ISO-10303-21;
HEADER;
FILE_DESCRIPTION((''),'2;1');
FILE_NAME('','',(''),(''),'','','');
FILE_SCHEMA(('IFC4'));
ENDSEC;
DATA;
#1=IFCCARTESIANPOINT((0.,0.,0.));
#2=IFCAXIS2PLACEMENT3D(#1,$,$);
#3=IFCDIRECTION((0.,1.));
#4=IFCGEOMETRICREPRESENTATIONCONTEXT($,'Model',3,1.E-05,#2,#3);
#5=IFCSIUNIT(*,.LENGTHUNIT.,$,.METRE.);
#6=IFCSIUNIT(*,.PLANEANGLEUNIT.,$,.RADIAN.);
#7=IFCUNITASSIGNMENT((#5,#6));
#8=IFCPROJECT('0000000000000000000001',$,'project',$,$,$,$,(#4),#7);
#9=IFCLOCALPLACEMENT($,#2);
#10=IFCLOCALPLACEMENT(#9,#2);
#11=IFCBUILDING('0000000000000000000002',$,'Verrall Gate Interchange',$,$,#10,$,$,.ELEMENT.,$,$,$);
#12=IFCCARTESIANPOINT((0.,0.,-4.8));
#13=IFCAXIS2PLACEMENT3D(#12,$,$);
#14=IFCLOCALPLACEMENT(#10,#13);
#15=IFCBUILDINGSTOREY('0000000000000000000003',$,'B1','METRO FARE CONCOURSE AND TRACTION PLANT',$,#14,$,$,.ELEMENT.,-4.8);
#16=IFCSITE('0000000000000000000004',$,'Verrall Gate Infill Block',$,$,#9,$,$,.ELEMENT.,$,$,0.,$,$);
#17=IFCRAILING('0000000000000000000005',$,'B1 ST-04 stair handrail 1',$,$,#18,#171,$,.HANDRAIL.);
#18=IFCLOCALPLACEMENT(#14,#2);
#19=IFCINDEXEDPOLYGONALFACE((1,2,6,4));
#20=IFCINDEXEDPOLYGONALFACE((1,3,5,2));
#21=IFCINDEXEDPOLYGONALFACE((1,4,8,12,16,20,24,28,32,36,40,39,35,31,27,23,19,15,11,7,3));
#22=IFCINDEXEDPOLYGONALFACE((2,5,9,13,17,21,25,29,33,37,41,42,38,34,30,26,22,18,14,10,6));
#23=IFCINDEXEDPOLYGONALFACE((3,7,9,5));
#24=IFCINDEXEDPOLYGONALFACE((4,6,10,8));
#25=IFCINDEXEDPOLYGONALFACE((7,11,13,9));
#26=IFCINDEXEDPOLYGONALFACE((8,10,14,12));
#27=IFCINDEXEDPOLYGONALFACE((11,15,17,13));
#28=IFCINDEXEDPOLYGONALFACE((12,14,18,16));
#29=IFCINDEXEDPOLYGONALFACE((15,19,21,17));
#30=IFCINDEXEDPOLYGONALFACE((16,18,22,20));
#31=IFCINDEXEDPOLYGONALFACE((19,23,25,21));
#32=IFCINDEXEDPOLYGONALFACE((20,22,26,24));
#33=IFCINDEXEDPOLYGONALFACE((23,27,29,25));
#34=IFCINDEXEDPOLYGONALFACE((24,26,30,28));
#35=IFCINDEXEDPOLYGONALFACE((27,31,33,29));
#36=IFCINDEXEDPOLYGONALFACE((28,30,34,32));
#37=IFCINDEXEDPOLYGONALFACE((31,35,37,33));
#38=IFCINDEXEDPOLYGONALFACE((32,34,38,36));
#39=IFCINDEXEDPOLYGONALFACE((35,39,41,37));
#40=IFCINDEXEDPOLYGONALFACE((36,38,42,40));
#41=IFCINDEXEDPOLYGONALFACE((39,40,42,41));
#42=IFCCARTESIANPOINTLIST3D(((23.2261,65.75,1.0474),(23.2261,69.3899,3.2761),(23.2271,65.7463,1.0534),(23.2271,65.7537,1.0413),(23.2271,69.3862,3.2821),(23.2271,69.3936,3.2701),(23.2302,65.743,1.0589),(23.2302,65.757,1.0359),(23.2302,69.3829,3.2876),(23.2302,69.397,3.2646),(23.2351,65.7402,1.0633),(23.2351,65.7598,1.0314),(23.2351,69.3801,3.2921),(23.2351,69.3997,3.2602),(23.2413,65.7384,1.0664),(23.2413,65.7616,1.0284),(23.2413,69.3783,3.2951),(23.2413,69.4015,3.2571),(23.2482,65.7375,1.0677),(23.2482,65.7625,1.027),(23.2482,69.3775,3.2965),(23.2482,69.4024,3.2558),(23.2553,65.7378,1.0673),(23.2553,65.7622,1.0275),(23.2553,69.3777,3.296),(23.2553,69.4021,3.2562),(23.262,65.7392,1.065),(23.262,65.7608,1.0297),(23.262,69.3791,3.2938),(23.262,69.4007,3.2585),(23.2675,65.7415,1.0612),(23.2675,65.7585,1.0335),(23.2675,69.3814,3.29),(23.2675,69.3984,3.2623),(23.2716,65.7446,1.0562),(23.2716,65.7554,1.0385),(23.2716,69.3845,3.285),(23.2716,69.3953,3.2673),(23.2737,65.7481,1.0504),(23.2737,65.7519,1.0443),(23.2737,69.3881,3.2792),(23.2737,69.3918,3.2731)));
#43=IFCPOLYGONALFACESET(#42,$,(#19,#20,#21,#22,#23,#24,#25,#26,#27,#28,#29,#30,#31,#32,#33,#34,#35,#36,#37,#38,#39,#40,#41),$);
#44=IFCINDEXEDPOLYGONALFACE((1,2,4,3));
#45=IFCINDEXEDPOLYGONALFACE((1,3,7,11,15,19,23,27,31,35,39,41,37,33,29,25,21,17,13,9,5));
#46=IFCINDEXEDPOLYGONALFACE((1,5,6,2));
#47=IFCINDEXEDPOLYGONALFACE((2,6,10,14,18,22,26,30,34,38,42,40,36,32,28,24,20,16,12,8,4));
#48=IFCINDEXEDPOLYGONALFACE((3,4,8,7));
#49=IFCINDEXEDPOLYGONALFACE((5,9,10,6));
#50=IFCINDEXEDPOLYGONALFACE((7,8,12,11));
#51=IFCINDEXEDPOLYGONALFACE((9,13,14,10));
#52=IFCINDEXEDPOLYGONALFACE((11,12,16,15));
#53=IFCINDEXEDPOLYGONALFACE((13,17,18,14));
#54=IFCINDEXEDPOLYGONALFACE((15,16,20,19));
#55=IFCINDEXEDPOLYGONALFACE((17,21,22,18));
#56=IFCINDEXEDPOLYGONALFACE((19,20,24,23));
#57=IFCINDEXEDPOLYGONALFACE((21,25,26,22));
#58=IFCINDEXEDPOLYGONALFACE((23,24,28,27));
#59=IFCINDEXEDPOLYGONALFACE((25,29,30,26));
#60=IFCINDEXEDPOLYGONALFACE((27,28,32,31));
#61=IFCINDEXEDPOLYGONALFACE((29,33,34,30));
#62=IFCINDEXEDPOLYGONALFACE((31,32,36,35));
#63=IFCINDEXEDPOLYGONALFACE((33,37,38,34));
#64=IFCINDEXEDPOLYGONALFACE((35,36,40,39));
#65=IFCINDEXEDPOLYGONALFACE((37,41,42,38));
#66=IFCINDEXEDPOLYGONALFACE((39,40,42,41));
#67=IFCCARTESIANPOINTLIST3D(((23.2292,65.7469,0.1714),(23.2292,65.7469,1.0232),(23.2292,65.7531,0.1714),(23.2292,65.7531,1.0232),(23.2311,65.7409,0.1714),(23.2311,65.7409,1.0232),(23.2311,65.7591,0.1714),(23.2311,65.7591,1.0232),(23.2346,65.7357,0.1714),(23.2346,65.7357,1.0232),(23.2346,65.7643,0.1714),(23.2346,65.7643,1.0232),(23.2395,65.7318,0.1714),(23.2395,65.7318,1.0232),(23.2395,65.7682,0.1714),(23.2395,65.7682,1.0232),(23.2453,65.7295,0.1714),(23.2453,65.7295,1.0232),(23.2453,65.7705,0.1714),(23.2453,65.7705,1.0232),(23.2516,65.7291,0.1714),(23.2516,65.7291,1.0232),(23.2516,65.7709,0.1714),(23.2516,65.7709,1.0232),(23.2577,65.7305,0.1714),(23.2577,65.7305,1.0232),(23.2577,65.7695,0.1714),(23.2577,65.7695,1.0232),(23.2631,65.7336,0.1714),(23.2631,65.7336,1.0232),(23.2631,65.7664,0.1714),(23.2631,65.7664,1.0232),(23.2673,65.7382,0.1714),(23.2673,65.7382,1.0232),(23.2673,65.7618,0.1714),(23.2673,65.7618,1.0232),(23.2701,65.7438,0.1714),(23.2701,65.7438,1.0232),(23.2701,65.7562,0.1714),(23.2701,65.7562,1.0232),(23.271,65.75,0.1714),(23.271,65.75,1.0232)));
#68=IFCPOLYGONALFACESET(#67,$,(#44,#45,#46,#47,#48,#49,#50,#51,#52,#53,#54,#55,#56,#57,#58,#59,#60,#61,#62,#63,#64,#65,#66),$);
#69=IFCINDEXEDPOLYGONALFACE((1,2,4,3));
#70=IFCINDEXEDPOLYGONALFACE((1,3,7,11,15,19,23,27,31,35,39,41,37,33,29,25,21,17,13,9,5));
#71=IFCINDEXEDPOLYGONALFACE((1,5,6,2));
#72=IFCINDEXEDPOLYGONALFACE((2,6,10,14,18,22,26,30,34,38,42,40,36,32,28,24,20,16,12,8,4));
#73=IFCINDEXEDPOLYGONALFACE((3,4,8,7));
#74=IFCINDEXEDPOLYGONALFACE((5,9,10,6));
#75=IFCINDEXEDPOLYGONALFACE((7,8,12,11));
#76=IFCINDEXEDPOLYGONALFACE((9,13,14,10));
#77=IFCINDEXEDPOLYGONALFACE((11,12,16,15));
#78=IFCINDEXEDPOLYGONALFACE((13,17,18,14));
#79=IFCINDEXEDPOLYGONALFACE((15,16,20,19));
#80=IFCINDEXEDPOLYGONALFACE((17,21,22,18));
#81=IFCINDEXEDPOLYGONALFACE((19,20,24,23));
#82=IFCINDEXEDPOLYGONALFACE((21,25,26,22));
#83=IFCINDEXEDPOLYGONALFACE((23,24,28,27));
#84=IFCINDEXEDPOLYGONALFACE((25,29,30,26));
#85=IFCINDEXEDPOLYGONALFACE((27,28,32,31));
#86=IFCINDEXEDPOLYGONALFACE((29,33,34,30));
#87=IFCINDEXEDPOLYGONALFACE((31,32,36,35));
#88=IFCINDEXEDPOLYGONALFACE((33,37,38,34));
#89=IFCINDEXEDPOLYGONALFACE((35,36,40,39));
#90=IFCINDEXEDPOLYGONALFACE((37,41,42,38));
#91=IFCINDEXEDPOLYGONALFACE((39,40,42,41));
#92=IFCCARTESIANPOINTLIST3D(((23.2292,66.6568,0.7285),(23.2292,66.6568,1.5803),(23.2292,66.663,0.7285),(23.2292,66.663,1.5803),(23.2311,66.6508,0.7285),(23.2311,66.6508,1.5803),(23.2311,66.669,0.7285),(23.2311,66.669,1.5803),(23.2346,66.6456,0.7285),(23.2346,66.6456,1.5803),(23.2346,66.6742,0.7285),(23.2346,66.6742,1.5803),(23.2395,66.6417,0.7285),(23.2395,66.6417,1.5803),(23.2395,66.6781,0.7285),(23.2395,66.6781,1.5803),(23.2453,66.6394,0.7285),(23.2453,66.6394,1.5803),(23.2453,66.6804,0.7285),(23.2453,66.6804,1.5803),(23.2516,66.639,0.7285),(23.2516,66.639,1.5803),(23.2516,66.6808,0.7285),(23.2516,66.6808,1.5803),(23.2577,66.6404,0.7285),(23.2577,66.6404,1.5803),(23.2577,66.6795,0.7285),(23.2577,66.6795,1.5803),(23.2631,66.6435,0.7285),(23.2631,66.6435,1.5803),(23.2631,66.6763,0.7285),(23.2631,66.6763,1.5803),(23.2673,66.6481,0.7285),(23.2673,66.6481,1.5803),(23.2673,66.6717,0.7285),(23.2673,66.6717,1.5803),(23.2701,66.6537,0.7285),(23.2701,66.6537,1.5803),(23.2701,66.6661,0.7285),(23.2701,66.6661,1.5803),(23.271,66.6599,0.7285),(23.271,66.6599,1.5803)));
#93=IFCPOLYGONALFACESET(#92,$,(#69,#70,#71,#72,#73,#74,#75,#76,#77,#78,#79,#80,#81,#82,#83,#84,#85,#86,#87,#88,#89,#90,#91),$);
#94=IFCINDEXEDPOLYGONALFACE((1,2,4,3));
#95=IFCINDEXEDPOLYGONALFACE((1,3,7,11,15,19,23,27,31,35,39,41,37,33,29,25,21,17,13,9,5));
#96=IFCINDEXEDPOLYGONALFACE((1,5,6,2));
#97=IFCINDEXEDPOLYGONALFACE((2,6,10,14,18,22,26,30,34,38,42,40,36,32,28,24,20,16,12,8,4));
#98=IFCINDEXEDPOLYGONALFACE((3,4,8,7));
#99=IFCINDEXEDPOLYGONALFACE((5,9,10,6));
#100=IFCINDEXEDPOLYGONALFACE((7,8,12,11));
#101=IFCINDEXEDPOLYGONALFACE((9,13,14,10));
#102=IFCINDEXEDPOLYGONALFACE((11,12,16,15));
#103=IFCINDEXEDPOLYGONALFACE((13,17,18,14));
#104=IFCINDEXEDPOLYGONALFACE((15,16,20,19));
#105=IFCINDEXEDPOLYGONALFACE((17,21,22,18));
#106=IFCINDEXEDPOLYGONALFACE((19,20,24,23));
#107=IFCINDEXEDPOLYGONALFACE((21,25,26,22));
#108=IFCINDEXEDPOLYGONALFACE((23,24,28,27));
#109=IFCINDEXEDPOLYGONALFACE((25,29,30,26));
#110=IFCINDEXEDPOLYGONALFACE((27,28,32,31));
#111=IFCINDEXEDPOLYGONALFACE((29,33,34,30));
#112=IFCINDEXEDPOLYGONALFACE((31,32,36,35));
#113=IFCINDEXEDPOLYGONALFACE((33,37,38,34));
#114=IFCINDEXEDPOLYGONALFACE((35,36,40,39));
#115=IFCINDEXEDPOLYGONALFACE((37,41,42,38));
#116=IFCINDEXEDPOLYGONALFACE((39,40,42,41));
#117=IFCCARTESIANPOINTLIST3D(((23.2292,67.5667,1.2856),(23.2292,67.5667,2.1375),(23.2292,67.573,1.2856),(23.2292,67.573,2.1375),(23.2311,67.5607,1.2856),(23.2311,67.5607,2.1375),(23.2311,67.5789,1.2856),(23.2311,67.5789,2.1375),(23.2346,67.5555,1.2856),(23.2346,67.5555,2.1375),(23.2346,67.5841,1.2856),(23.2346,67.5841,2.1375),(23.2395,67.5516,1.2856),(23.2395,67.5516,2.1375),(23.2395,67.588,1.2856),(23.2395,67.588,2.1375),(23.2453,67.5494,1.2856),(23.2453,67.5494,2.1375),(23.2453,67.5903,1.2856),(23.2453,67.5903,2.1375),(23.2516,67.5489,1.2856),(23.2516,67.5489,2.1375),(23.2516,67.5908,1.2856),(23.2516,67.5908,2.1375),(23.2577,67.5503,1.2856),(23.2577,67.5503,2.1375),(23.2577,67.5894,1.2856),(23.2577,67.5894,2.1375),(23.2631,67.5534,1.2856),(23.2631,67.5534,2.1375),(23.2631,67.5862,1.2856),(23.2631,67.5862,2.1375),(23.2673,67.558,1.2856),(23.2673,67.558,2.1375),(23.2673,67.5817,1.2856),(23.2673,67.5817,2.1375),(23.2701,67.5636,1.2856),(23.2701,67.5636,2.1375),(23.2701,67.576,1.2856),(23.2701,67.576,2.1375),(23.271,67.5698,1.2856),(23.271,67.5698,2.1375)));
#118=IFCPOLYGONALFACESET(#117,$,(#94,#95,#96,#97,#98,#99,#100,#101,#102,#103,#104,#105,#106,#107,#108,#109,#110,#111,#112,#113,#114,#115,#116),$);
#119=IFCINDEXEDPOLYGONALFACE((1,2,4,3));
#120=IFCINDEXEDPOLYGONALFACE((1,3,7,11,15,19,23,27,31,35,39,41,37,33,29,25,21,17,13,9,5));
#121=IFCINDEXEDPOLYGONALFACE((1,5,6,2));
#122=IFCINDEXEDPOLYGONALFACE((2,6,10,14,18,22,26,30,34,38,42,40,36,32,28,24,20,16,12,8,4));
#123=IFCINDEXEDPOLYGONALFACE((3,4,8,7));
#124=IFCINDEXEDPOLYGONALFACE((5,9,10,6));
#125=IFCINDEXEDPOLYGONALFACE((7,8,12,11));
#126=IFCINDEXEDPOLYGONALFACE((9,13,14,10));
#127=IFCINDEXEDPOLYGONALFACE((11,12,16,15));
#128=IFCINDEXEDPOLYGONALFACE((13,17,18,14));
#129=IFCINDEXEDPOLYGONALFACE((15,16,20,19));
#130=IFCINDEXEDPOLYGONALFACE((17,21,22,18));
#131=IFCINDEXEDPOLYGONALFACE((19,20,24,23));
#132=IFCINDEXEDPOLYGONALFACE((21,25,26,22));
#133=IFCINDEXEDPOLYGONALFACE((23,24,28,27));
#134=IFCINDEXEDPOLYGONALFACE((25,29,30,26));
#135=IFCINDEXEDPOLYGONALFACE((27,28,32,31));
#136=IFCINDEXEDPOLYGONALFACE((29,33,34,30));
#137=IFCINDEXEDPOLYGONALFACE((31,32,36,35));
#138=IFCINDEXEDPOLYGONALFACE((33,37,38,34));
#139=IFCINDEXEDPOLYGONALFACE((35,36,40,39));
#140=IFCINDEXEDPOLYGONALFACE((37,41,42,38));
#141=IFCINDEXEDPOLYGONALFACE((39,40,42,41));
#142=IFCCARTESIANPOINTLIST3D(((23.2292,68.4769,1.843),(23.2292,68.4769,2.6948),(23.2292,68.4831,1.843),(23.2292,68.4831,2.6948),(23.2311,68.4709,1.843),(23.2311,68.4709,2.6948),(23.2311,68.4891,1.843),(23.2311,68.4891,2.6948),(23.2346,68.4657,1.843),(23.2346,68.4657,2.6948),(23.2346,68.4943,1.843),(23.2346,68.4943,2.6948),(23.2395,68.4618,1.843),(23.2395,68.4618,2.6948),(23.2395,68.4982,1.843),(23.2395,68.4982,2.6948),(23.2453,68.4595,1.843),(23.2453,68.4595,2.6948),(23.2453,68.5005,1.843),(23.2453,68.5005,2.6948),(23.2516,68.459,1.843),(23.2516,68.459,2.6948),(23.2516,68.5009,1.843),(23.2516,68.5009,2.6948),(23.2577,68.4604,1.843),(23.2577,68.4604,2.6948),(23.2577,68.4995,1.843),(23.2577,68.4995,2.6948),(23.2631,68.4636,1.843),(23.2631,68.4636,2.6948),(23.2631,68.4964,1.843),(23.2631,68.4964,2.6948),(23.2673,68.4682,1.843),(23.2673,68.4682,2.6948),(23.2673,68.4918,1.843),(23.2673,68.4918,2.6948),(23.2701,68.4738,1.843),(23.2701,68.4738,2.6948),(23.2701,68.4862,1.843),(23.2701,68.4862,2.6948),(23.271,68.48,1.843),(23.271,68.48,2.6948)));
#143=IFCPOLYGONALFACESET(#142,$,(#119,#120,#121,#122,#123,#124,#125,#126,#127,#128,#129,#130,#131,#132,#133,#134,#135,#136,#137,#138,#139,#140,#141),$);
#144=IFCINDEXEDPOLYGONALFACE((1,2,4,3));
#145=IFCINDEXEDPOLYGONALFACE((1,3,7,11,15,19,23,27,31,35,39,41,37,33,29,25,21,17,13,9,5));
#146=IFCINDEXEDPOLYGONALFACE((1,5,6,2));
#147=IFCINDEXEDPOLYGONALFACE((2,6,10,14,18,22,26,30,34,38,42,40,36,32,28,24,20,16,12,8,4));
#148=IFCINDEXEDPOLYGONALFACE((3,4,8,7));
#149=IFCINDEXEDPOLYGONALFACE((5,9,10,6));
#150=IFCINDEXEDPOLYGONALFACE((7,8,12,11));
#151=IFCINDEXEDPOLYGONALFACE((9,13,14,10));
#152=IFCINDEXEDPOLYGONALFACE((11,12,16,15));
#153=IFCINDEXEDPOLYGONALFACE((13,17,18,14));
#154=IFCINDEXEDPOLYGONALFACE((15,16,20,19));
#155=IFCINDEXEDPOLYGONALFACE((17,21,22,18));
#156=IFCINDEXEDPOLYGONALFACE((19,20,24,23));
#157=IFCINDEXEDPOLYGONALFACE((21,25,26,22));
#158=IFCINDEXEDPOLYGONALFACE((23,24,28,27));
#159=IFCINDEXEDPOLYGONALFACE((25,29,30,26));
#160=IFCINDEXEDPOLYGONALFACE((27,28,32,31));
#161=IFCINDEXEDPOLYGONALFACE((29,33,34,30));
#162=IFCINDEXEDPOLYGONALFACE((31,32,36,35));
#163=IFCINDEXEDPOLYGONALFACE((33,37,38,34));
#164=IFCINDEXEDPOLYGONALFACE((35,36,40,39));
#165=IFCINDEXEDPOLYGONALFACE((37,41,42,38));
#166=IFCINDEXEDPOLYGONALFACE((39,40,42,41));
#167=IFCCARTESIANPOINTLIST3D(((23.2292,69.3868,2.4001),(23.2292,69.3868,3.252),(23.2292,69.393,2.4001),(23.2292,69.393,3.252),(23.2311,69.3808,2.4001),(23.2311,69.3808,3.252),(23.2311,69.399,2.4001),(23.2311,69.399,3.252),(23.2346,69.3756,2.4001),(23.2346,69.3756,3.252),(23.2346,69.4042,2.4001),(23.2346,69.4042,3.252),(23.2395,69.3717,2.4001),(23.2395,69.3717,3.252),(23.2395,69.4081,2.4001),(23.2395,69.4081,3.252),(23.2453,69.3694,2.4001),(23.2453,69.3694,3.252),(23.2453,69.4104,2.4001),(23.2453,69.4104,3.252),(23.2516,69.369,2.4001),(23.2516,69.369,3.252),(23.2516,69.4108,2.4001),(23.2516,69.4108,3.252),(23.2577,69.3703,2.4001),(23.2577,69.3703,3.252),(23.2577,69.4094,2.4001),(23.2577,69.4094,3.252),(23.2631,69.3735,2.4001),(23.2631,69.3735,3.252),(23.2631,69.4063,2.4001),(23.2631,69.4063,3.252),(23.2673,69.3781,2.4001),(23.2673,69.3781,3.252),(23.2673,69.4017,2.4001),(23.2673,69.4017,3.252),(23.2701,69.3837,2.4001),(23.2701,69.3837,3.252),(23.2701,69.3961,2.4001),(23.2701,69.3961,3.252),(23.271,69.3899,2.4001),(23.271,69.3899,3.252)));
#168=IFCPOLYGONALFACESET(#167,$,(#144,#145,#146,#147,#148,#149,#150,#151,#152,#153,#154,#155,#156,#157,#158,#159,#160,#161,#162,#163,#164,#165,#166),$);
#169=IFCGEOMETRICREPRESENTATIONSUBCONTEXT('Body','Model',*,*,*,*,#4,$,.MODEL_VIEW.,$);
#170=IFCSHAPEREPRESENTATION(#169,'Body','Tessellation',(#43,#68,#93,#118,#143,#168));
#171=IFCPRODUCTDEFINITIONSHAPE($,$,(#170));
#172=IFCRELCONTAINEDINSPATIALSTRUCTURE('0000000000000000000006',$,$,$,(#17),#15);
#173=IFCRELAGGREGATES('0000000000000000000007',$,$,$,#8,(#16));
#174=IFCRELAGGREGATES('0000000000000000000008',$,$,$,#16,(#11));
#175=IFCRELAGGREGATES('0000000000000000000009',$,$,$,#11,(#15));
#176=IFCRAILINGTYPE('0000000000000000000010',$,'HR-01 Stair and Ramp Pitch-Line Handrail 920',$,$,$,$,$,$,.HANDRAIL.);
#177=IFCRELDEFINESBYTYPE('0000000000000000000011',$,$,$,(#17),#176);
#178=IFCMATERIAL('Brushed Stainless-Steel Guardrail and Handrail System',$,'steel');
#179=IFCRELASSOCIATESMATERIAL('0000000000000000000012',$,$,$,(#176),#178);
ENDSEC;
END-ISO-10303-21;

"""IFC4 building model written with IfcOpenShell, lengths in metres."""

from ifc_helpers import new_model, si_unit, direction, frame, origin, origin_2d, place, context, subcontext, project, spatial, circle, extrude, material, type_object, element, save


model = new_model("IFC4")

# Units and contexts
model_context = context("Model", 3, precision=1e-05, world=origin(), true_north=direction((0.0, 1.0)))
body_context = subcontext(model_context, "Body", "Model", "MODEL_VIEW")
ifc_project = project(units=[si_unit("LENGTHUNIT", "METRE"), si_unit("PLANEANGLEUNIT", "RADIAN")], contexts=[model_context])

# Site, building, storey
site_placement = place(None, origin())
site = spatial("IfcSite", under=ifc_project, at=site_placement, Name="Verrall Gate Infill Block", CompositionType="ELEMENT", RefElevation=0.0)
building_placement = place(site_placement, origin())
building = spatial("IfcBuilding", under=site, at=building_placement, Name="Verrall Gate Interchange", CompositionType="ELEMENT")
storey_placement = place(building_placement, frame((0.0, 0.0, -4.8)))
storey = spatial("IfcBuildingStorey", under=building, at=storey_placement, Name="B1", Description="METRO FARE CONCOURSE AND TRACTION PLANT", CompositionType="ELEMENT", Elevation=-4.8)

# Railing
ifc_material_1 = material(Name="Brushed Stainless-Steel Guardrail and Handrail System", Category="steel")
railing_type_1 = type_object("IfcRailingType", Name="HR-01 Stair and Ramp Pitch-Line Handrail 920", PredefinedType="HANDRAIL", material=ifc_material_1)
railing_1_placement = place(storey_placement, frame((23.25, 65.75, 0.1714)))
element("IfcRailing", 1, at=railing_1_placement, inside=storey, type_object=railing_type_1, Name="B1 ST-04 stair handrail 1", PredefinedType="HANDRAIL", context=body_context, shape_type="SweptSolid", body=[
    extrude(circle(Radius=0.0239, at=origin_2d()), frame((0.0, 0.0, 0.876), z_axis=(0.0, 0.852825, 0.522197), x_axis=(-1.0, 0.0, 0.0)), (0.0, 0.0, 1.0), 4.2681),
    extrude(circle(Radius=0.021, at=origin_2d()), origin(), (0.0, 0.0, 1.0), 0.8518),
    extrude(circle(Radius=0.021, at=origin_2d()), frame((0.0, 0.9099, 0.5571)), (0.0, 0.0, 1.0), 0.8518),
    extrude(circle(Radius=0.021, at=origin_2d()), frame((0.0, 1.8198, 1.1143)), (0.0, 0.0, 1.0), 0.8518),
    extrude(circle(Radius=0.021, at=origin_2d()), frame((0.0, 2.73, 1.6716)), (0.0, 0.0, 1.0), 0.8518),
    extrude(circle(Radius=0.021, at=origin_2d()), frame((0.0, 3.6399, 2.2288)), (0.0, 0.0, 1.0), 0.8518),
])

save(model, "model.ifc")
